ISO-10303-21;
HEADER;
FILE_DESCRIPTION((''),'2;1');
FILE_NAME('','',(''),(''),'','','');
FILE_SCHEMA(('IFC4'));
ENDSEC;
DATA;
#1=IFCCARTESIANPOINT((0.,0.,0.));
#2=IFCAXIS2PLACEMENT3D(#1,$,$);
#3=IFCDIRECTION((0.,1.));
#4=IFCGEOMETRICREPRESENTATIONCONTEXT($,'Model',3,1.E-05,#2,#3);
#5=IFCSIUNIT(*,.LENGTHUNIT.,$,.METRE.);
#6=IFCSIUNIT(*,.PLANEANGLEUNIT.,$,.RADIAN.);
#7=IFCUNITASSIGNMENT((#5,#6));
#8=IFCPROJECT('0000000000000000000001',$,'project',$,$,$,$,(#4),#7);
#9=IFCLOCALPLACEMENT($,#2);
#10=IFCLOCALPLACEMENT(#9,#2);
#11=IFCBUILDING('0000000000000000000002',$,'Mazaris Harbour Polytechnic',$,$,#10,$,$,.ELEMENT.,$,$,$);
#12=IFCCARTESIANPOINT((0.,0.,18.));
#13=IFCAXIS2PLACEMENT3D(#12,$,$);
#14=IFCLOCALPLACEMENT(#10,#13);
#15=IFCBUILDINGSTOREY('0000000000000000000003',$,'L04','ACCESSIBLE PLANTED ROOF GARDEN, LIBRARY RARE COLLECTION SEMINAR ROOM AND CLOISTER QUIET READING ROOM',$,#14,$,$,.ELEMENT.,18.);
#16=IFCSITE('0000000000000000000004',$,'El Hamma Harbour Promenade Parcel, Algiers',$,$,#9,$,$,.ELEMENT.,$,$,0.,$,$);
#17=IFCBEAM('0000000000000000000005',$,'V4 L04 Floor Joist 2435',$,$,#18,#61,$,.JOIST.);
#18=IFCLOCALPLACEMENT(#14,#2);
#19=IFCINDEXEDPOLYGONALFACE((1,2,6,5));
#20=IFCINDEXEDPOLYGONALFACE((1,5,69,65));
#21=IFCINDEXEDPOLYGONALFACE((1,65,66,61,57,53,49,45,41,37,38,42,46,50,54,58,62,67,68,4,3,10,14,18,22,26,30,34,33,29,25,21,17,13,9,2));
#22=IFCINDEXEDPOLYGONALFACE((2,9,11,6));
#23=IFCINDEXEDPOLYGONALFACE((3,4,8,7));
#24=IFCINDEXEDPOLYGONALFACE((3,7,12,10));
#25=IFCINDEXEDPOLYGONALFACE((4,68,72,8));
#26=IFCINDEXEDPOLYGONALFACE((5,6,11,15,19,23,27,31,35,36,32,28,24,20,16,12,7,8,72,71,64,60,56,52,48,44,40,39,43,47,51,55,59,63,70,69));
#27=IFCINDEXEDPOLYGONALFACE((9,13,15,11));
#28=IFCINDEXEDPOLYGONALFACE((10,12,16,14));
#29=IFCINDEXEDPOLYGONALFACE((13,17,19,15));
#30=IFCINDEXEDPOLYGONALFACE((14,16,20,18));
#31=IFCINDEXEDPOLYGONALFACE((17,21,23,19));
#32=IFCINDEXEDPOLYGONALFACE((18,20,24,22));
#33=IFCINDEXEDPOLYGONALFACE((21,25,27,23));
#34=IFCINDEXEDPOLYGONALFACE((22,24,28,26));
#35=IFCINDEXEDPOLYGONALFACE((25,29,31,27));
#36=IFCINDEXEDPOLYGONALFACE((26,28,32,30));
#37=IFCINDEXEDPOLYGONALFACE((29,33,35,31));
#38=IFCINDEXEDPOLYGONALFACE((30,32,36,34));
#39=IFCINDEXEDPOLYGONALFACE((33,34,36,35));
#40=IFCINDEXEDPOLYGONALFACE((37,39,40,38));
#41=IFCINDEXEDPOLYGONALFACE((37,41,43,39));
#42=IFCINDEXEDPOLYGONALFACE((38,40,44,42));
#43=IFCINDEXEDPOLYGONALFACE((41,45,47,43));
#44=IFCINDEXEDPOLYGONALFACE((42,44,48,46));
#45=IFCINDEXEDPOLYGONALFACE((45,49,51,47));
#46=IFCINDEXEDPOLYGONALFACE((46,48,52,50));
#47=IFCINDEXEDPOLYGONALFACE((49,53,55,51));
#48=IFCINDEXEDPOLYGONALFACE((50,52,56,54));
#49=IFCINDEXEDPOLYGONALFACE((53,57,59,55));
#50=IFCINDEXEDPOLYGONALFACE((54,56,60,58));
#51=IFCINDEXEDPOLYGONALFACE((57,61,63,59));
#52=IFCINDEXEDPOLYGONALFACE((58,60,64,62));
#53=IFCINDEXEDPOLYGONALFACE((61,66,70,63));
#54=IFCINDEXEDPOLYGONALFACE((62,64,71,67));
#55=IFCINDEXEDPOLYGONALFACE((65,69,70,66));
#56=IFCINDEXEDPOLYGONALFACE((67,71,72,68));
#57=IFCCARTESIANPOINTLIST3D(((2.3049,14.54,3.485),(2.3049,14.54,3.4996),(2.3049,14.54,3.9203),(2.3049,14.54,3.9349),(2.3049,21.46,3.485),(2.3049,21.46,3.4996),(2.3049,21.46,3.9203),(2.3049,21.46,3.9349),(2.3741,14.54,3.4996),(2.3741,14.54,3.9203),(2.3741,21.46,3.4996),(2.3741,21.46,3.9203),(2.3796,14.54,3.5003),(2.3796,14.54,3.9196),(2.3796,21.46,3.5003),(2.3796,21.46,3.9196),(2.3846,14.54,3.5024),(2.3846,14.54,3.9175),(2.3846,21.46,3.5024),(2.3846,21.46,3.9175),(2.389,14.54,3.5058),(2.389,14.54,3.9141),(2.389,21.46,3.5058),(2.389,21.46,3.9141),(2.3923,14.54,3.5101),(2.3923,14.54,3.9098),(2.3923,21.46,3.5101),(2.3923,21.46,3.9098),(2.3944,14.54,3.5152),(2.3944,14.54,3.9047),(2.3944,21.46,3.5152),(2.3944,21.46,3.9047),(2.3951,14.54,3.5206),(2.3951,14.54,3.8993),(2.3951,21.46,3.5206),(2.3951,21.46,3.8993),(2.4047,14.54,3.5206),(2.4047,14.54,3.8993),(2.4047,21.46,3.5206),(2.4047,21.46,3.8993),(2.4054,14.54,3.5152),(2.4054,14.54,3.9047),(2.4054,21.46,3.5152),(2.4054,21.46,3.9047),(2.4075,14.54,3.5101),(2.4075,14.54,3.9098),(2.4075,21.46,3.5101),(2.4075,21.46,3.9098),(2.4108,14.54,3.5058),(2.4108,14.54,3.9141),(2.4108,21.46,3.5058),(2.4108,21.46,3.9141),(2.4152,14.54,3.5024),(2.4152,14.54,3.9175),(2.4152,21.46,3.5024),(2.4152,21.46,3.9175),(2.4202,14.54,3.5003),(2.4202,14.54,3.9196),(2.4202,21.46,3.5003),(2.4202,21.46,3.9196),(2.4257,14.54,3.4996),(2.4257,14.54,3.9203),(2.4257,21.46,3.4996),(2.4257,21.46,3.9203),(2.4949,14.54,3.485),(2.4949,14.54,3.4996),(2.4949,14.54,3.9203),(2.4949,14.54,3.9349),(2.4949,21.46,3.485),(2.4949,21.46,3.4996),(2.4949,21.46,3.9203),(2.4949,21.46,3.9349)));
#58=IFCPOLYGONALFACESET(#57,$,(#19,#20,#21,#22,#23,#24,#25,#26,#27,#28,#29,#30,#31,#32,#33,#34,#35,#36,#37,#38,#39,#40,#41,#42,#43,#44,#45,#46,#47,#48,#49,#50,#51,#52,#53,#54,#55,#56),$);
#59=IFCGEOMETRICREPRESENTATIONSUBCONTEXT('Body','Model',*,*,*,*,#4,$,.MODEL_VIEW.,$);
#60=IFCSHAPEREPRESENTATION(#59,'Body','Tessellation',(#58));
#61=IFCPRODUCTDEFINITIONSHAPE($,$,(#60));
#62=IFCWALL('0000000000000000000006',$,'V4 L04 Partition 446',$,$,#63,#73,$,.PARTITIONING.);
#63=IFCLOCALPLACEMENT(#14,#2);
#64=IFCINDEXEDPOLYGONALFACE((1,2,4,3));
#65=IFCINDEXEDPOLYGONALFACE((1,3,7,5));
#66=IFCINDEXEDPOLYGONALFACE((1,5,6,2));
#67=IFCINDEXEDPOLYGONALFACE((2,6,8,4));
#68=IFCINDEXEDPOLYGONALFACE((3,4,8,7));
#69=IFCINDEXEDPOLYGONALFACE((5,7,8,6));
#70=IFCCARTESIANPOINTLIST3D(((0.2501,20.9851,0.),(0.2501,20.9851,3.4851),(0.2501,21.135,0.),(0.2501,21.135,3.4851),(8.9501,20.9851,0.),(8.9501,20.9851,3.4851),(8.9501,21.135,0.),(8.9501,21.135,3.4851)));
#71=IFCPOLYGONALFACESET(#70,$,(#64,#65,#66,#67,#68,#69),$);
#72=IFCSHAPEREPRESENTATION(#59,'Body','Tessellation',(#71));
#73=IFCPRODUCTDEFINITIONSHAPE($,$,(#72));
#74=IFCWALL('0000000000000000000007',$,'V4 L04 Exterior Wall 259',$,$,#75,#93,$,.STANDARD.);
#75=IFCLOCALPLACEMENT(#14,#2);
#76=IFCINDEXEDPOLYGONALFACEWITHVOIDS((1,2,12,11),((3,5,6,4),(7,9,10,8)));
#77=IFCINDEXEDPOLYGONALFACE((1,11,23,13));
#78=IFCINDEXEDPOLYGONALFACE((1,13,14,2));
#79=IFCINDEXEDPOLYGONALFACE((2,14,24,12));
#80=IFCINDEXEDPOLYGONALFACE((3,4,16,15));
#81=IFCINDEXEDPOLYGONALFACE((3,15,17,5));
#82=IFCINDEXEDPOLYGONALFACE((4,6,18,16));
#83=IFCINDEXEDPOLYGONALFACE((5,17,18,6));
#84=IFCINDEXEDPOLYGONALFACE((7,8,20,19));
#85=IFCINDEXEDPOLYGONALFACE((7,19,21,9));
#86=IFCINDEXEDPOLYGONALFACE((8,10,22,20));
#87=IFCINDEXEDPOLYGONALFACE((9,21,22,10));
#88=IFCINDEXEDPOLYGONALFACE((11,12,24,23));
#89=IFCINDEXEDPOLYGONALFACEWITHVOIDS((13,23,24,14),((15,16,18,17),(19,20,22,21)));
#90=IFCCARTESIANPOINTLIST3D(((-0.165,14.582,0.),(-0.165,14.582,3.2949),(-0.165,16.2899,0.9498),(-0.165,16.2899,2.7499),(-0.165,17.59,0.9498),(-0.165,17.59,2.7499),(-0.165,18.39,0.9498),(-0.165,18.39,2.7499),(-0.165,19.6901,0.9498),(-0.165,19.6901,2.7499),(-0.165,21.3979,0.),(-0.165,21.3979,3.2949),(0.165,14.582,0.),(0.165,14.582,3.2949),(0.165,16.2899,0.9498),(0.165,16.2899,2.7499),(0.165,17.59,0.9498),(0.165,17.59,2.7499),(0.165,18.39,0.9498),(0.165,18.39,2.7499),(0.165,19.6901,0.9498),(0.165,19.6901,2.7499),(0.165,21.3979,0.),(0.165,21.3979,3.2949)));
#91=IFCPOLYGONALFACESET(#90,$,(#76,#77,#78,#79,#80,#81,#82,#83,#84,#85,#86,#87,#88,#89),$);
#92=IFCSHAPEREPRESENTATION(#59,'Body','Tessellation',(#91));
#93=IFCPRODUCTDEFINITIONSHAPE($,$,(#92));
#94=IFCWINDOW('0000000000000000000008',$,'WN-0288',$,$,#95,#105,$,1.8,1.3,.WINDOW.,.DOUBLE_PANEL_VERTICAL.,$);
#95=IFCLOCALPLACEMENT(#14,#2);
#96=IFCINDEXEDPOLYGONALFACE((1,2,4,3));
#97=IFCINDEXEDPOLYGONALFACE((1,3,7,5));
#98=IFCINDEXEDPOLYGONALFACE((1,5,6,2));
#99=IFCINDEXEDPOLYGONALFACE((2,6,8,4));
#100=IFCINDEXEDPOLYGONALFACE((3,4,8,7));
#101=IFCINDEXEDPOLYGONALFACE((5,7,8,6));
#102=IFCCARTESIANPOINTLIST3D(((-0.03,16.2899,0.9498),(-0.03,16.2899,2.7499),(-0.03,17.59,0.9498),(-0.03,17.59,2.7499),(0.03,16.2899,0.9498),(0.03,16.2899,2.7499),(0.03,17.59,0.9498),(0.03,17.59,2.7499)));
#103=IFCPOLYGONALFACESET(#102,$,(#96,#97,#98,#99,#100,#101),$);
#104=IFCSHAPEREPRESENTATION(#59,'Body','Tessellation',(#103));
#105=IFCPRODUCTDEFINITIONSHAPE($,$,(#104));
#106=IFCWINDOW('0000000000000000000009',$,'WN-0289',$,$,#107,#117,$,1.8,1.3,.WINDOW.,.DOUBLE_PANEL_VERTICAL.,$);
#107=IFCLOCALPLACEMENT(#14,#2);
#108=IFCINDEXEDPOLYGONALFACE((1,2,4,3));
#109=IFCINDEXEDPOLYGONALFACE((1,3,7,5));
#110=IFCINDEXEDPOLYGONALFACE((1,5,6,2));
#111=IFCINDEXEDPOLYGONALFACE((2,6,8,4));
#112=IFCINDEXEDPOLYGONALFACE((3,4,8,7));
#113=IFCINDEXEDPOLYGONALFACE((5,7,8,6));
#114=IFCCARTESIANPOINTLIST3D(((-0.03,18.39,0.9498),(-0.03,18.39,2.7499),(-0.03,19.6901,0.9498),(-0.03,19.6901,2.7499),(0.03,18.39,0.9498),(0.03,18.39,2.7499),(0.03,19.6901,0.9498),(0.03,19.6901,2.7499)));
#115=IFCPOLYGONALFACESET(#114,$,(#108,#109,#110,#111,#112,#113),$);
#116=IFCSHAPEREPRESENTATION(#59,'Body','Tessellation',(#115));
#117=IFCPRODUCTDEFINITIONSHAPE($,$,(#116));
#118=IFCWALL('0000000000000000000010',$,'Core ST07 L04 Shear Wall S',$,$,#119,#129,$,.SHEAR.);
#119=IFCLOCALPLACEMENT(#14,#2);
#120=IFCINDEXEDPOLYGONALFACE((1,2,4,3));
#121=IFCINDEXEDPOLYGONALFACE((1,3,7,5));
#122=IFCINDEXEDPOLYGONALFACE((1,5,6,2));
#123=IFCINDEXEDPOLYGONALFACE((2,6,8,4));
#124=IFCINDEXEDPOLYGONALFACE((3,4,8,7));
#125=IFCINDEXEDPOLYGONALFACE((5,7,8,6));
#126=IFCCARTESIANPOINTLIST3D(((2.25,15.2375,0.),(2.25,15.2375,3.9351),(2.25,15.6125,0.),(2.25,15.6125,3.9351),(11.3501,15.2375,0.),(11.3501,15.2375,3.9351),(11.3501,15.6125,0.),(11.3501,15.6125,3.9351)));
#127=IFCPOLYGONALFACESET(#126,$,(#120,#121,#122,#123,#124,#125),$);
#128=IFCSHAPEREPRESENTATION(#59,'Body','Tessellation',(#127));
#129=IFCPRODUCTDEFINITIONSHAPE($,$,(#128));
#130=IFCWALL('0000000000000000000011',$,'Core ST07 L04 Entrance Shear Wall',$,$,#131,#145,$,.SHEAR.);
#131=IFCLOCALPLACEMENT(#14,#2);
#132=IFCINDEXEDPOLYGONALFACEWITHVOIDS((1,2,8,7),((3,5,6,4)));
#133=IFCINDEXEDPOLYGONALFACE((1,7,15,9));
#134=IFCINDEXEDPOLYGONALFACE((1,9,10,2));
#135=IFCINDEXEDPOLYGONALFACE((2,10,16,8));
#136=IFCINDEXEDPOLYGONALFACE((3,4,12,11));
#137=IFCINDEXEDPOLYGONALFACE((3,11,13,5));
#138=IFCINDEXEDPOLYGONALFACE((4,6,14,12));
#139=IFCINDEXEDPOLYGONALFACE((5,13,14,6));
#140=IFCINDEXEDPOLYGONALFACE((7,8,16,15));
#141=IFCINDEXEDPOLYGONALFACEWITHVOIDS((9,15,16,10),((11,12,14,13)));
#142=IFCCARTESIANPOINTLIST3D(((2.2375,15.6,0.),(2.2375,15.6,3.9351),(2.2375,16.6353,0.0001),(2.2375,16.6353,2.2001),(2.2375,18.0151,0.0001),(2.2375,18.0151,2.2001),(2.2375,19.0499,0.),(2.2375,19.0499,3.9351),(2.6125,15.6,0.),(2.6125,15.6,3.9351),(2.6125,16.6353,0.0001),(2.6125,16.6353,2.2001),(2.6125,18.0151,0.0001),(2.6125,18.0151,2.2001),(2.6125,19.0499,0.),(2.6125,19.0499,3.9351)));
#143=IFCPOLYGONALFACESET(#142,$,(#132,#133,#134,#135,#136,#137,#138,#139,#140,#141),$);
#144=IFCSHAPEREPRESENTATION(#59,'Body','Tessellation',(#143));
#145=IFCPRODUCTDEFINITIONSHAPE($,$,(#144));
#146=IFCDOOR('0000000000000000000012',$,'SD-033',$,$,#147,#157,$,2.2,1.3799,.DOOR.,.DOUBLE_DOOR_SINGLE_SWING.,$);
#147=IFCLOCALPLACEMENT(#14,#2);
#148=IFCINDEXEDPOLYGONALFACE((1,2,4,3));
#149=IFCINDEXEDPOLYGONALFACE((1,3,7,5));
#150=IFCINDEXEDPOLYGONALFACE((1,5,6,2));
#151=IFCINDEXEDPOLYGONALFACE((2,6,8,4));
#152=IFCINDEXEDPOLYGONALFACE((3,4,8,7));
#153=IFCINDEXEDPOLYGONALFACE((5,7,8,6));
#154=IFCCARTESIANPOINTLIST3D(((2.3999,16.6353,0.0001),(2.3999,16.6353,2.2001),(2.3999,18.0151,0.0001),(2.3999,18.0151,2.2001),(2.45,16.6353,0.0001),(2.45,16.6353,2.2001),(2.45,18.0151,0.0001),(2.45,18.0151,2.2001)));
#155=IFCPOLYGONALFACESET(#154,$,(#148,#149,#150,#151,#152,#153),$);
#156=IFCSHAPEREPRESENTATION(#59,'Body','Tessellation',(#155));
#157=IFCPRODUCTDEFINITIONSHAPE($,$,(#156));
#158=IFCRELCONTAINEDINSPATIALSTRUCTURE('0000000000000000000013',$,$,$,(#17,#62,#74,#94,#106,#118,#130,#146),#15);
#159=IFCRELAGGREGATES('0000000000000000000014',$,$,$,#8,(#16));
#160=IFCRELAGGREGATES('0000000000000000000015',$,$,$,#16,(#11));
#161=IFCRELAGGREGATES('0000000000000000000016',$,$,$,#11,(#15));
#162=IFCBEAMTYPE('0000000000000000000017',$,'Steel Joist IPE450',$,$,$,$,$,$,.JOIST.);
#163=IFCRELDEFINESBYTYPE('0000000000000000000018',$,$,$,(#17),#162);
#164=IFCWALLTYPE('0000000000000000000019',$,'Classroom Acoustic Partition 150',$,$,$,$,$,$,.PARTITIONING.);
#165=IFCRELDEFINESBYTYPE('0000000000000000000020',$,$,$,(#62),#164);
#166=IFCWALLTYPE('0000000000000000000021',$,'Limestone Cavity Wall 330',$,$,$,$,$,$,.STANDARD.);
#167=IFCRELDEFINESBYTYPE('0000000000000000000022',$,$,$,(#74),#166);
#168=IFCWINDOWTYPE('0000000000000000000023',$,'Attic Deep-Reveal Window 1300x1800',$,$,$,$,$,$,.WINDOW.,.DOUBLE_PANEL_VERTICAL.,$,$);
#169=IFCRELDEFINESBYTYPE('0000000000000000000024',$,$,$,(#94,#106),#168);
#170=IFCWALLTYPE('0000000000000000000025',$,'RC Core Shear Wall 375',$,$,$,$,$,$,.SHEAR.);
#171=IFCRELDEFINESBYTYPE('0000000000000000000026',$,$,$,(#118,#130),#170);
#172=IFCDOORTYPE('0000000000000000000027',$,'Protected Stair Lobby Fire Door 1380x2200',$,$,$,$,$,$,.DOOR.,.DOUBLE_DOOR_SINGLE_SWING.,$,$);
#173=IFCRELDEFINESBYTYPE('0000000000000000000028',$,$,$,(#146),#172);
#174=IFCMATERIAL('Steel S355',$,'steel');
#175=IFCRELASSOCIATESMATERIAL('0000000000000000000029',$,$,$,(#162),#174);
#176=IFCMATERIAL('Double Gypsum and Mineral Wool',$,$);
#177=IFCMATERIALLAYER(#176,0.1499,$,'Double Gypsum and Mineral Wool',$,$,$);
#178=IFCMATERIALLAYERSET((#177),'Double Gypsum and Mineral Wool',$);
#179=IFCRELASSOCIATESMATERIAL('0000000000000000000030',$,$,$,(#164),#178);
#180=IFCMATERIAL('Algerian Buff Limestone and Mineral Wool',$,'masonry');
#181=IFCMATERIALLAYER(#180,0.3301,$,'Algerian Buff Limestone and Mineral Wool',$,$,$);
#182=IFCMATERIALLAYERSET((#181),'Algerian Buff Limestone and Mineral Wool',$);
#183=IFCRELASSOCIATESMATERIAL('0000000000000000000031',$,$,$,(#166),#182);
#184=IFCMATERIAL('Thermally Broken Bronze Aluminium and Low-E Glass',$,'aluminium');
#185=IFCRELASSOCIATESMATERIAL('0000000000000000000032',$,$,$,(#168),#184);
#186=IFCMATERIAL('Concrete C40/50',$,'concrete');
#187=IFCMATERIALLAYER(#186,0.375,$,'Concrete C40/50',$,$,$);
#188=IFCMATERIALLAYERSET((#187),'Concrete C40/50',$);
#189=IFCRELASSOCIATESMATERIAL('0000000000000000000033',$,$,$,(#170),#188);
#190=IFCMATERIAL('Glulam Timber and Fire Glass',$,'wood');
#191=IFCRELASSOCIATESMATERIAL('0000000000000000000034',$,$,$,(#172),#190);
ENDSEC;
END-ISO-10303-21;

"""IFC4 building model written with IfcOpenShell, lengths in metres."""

from ifc_helpers import new_model, si_unit, direction, frame, frame_2d, origin, origin_2d, place, context, subcontext, project, spatial, rectangle, i_section, extrude, material, layer, layer_set, material_profile, profile_set, type_object, element, fill, save


model = new_model("IFC4")

# Units and contexts
model_context = context("Model", 3, precision=1e-05, world=origin(), true_north=direction((0.0, 1.0)))
body_context = subcontext(model_context, "Body", "Model", "MODEL_VIEW")
ifc_project = project(units=[si_unit("LENGTHUNIT", "METRE"), si_unit("PLANEANGLEUNIT", "RADIAN")], contexts=[model_context])

# Site, building, storey
site_placement = place(None, origin())
site = spatial("IfcSite", under=ifc_project, at=site_placement, Name="El Hamma Harbour Promenade Parcel, Algiers", CompositionType="ELEMENT", RefElevation=0.0)
building_placement = place(site_placement, origin())
building = spatial("IfcBuilding", under=site, at=building_placement, Name="Mazaris Harbour Polytechnic", CompositionType="ELEMENT")
storey_placement = place(building_placement, frame((0.0, 0.0, 18.0)))
storey = spatial("IfcBuildingStorey", under=building, at=storey_placement, Name="L04", Description="ACCESSIBLE PLANTED ROOF GARDEN, LIBRARY RARE COLLECTION SEMINAR ROOM AND CLOISTER QUIET READING ROOM", CompositionType="ELEMENT", Elevation=18.0)

# Beam
ifc_material_1 = material(Name="Steel S355", Category="steel")
ifc_material_profile_1 = material_profile(ifc_material_1, i_section(OverallWidth=0.1899, OverallDepth=0.45, WebThickness=0.0095, FlangeThickness=0.0146, FilletRadius=0.021, at=origin_2d()), Name="IPE 450")
ifc_profile_set_1 = profile_set([ifc_material_profile_1], Name="Steel S355")
beam_type_1 = type_object("IfcBeamType", Name="Steel Joist IPE450", PredefinedType="JOIST", material=ifc_profile_set_1)
beam_1_placement = place(storey_placement, frame((2.3999, 14.54, 3.71), z_axis=(0.0, 1.0, 0.0), x_axis=(-1.0, 0.0, 0.0)))
element("IfcBeam", 1, at=beam_1_placement, inside=storey, type_object=beam_type_1, Name="V4 L04 Floor Joist 2435", PredefinedType="JOIST", context=body_context, shape_type="SweptSolid", body=[
    extrude(i_section(OverallWidth=0.1899, OverallDepth=0.45, WebThickness=0.0095, FlangeThickness=0.0146, FilletRadius=0.021, at=origin_2d()), origin(), (0.0, 0.0, 1.0), 6.9199),
])

# Wall
ifc_material_2 = material(Name="Double Gypsum and Mineral Wool")
ifc_layer_1 = layer(ifc_material_2, 0.1499, Name="Double Gypsum and Mineral Wool")
ifc_layer_set_1 = layer_set([ifc_layer_1], Name="Double Gypsum and Mineral Wool")
wall_type_1 = type_object("IfcWallType", Name="Classroom Acoustic Partition 150", PredefinedType="PARTITIONING", material=ifc_layer_set_1)
wall_1_placement = place(storey_placement, frame((0.25, 21.0601, 0.0), z_axis=(0.0, 0.0, 1.0), x_axis=(1.0, 0.0, 0.0)))
element("IfcWall", 2, at=wall_1_placement, inside=storey, type_object=wall_type_1, Name="V4 L04 Partition 446", PredefinedType="PARTITIONING", context=body_context, shape_type="SweptSolid", body=[
    extrude(rectangle(XDim=8.7, YDim=0.1499, at=frame_2d((4.3501, 0.0))), origin(), (0.0, 0.0, 1.0), 3.4851),
])

# Wall, openings, windows
ifc_material_3 = material(Name="Algerian Buff Limestone and Mineral Wool", Category="masonry")
ifc_layer_2 = layer(ifc_material_3, 0.3301, Name="Algerian Buff Limestone and Mineral Wool")
ifc_layer_set_2 = layer_set([ifc_layer_2], Name="Algerian Buff Limestone and Mineral Wool")
wall_type_2 = type_object("IfcWallType", Name="Limestone Cavity Wall 330", PredefinedType="STANDARD", material=ifc_layer_set_2)
wall_2_placement = place(storey_placement, frame((0.0, 14.582, 0.0), z_axis=(0.0, 0.0, 1.0), x_axis=(0.0, 1.0, 0.0)))
wall_2 = element("IfcWall", 3, at=wall_2_placement, inside=storey, type_object=wall_type_2, Name="V4 L04 Exterior Wall 259", PredefinedType="STANDARD", context=body_context, shape_type="SweptSolid", body=[
    extrude(rectangle(XDim=6.8159, YDim=0.3301, at=frame_2d((3.408, 0.0))), origin(), (0.0, 0.0, 1.0), 3.2949),
])
opening_1_placement = place(wall_2_placement, frame((1.708, 0.0, 0.95)))
opening_1 = element("IfcOpeningElement", 4, at=opening_1_placement, cuts=wall_2, PredefinedType="OPENING", context=body_context, shape_type="SweptSolid", body=[
    extrude(rectangle(XDim=1.3, YDim=1.8, at=frame_2d((0.6499, 0.8999))), frame((0.0, 0.175, 0.0), z_axis=(0.0, -1.0, 0.0), x_axis=(1.0, 0.0, 0.0)), (0.0, 0.0, 1.0), 0.3501),
])
opening_2_placement = place(wall_2_placement, frame((3.8081, 0.0, 0.95)))
opening_2 = element("IfcOpeningElement", 5, at=opening_2_placement, cuts=wall_2, PredefinedType="OPENING", context=body_context, shape_type="SweptSolid", body=[
    extrude(rectangle(XDim=1.3, YDim=1.8, at=frame_2d((0.6499, 0.8999))), frame((0.0, 0.175, 0.0), z_axis=(0.0, -1.0, 0.0), x_axis=(1.0, 0.0, 0.0)), (0.0, 0.0, 1.0), 0.3501),
])
ifc_material_4 = material(Name="Thermally Broken Bronze Aluminium and Low-E Glass", Category="aluminium")
window_type = type_object("IfcWindowType", Name="Attic Deep-Reveal Window 1300x1800", PartitioningType="DOUBLE_PANEL_VERTICAL", PredefinedType="WINDOW", material=ifc_material_4)
window_1_placement = place(opening_1_placement, origin())
window_1 = element("IfcWindow", 6, at=window_1_placement, inside=storey, type_object=window_type, Name="WN-0288", OverallHeight=1.8, OverallWidth=1.3, PartitioningType="DOUBLE_PANEL_VERTICAL", PredefinedType="WINDOW", context=body_context, shape_type="SweptSolid", body=[
    extrude(rectangle(XDim=1.3, YDim=1.8, at=frame_2d((0.6499, 0.8999))), frame((0.0, 0.03, 0.0), z_axis=(0.0, -1.0, 0.0), x_axis=(1.0, 0.0, 0.0)), (0.0, 0.0, 1.0), 0.0601),
])
fill(opening_1, window_1)
window_2_placement = place(opening_2_placement, origin())
window_2 = element("IfcWindow", 7, at=window_2_placement, inside=storey, type_object=window_type, Name="WN-0289", OverallHeight=1.8, OverallWidth=1.3, PartitioningType="DOUBLE_PANEL_VERTICAL", PredefinedType="WINDOW", context=body_context, shape_type="SweptSolid", body=[
    extrude(rectangle(XDim=1.3, YDim=1.8, at=frame_2d((0.6499, 0.8999))), frame((0.0, 0.03, 0.0), z_axis=(0.0, -1.0, 0.0), x_axis=(1.0, 0.0, 0.0)), (0.0, 0.0, 1.0), 0.0601),
])
fill(opening_2, window_2)

# Wall
ifc_material_5 = material(Name="Concrete C40/50", Category="concrete")
ifc_layer_3 = layer(ifc_material_5, 0.375, Name="Concrete C40/50")
ifc_layer_set_3 = layer_set([ifc_layer_3], Name="Concrete C40/50")
wall_type_3 = type_object("IfcWallType", Name="RC Core Shear Wall 375", PredefinedType="SHEAR", material=ifc_layer_set_3)
wall_3_placement = place(storey_placement, frame((2.25, 15.425, 0.0), z_axis=(0.0, 0.0, 1.0), x_axis=(1.0, 0.0, 0.0)))
element("IfcWall", 8, at=wall_3_placement, inside=storey, type_object=wall_type_3, Name="Core ST07 L04 Shear Wall S", PredefinedType="SHEAR", context=body_context, shape_type="SweptSolid", body=[
    extrude(rectangle(XDim=9.1001, YDim=0.375, at=frame_2d((4.55, 0.0))), origin(), (0.0, 0.0, 1.0), 3.9351),
])

# Wall, opening, door
wall_4_placement = place(storey_placement, frame((2.425, 19.05, 0.0), z_axis=(0.0, 0.0, 1.0), x_axis=(0.0, -1.0, 0.0)))
wall_4 = element("IfcWall", 9, at=wall_4_placement, inside=storey, type_object=wall_type_3, Name="Core ST07 L04 Entrance Shear Wall", PredefinedType="SHEAR", context=body_context, shape_type="SweptSolid", body=[
    extrude(rectangle(XDim=3.45, YDim=0.375, at=frame_2d((1.7251, 0.0))), origin(), (0.0, 0.0, 1.0), 3.9351),
])
opening_3_placement = place(wall_4_placement, frame((1.0349, 0.0, 0.0)))
opening_3 = element("IfcOpeningElement", 10, at=opening_3_placement, cuts=wall_4, PredefinedType="OPENING", context=body_context, shape_type="SweptSolid", body=[
    extrude(rectangle(XDim=1.3799, YDim=2.2, at=frame_2d((0.6899, 1.1001))), frame((0.0, 0.1975, 0.0), z_axis=(0.0, -1.0, 0.0), x_axis=(1.0, 0.0, 0.0)), (0.0, 0.0, 1.0), 0.395),
])
ifc_material_6 = material(Name="Glulam Timber and Fire Glass", Category="wood")
door_type = type_object("IfcDoorType", Name="Protected Stair Lobby Fire Door 1380x2200", OperationType="DOUBLE_DOOR_SINGLE_SWING", PredefinedType="DOOR", material=ifc_material_6)
door_placement = place(opening_3_placement, origin())
door = element("IfcDoor", 11, at=door_placement, inside=storey, type_object=door_type, Name="SD-033", OperationType="DOUBLE_DOOR_SINGLE_SWING", OverallHeight=2.2, OverallWidth=1.3799, PredefinedType="DOOR", context=body_context, shape_type="SweptSolid", body=[
    extrude(rectangle(XDim=1.3799, YDim=2.2, at=frame_2d((0.6899, 1.1001))), frame((0.0, 0.0249, 0.0), z_axis=(0.0, -1.0, 0.0), x_axis=(1.0, 0.0, 0.0)), (0.0, 0.0, 1.0), 0.05),
])
fill(opening_3, door)

save(model, "model.ifc")
